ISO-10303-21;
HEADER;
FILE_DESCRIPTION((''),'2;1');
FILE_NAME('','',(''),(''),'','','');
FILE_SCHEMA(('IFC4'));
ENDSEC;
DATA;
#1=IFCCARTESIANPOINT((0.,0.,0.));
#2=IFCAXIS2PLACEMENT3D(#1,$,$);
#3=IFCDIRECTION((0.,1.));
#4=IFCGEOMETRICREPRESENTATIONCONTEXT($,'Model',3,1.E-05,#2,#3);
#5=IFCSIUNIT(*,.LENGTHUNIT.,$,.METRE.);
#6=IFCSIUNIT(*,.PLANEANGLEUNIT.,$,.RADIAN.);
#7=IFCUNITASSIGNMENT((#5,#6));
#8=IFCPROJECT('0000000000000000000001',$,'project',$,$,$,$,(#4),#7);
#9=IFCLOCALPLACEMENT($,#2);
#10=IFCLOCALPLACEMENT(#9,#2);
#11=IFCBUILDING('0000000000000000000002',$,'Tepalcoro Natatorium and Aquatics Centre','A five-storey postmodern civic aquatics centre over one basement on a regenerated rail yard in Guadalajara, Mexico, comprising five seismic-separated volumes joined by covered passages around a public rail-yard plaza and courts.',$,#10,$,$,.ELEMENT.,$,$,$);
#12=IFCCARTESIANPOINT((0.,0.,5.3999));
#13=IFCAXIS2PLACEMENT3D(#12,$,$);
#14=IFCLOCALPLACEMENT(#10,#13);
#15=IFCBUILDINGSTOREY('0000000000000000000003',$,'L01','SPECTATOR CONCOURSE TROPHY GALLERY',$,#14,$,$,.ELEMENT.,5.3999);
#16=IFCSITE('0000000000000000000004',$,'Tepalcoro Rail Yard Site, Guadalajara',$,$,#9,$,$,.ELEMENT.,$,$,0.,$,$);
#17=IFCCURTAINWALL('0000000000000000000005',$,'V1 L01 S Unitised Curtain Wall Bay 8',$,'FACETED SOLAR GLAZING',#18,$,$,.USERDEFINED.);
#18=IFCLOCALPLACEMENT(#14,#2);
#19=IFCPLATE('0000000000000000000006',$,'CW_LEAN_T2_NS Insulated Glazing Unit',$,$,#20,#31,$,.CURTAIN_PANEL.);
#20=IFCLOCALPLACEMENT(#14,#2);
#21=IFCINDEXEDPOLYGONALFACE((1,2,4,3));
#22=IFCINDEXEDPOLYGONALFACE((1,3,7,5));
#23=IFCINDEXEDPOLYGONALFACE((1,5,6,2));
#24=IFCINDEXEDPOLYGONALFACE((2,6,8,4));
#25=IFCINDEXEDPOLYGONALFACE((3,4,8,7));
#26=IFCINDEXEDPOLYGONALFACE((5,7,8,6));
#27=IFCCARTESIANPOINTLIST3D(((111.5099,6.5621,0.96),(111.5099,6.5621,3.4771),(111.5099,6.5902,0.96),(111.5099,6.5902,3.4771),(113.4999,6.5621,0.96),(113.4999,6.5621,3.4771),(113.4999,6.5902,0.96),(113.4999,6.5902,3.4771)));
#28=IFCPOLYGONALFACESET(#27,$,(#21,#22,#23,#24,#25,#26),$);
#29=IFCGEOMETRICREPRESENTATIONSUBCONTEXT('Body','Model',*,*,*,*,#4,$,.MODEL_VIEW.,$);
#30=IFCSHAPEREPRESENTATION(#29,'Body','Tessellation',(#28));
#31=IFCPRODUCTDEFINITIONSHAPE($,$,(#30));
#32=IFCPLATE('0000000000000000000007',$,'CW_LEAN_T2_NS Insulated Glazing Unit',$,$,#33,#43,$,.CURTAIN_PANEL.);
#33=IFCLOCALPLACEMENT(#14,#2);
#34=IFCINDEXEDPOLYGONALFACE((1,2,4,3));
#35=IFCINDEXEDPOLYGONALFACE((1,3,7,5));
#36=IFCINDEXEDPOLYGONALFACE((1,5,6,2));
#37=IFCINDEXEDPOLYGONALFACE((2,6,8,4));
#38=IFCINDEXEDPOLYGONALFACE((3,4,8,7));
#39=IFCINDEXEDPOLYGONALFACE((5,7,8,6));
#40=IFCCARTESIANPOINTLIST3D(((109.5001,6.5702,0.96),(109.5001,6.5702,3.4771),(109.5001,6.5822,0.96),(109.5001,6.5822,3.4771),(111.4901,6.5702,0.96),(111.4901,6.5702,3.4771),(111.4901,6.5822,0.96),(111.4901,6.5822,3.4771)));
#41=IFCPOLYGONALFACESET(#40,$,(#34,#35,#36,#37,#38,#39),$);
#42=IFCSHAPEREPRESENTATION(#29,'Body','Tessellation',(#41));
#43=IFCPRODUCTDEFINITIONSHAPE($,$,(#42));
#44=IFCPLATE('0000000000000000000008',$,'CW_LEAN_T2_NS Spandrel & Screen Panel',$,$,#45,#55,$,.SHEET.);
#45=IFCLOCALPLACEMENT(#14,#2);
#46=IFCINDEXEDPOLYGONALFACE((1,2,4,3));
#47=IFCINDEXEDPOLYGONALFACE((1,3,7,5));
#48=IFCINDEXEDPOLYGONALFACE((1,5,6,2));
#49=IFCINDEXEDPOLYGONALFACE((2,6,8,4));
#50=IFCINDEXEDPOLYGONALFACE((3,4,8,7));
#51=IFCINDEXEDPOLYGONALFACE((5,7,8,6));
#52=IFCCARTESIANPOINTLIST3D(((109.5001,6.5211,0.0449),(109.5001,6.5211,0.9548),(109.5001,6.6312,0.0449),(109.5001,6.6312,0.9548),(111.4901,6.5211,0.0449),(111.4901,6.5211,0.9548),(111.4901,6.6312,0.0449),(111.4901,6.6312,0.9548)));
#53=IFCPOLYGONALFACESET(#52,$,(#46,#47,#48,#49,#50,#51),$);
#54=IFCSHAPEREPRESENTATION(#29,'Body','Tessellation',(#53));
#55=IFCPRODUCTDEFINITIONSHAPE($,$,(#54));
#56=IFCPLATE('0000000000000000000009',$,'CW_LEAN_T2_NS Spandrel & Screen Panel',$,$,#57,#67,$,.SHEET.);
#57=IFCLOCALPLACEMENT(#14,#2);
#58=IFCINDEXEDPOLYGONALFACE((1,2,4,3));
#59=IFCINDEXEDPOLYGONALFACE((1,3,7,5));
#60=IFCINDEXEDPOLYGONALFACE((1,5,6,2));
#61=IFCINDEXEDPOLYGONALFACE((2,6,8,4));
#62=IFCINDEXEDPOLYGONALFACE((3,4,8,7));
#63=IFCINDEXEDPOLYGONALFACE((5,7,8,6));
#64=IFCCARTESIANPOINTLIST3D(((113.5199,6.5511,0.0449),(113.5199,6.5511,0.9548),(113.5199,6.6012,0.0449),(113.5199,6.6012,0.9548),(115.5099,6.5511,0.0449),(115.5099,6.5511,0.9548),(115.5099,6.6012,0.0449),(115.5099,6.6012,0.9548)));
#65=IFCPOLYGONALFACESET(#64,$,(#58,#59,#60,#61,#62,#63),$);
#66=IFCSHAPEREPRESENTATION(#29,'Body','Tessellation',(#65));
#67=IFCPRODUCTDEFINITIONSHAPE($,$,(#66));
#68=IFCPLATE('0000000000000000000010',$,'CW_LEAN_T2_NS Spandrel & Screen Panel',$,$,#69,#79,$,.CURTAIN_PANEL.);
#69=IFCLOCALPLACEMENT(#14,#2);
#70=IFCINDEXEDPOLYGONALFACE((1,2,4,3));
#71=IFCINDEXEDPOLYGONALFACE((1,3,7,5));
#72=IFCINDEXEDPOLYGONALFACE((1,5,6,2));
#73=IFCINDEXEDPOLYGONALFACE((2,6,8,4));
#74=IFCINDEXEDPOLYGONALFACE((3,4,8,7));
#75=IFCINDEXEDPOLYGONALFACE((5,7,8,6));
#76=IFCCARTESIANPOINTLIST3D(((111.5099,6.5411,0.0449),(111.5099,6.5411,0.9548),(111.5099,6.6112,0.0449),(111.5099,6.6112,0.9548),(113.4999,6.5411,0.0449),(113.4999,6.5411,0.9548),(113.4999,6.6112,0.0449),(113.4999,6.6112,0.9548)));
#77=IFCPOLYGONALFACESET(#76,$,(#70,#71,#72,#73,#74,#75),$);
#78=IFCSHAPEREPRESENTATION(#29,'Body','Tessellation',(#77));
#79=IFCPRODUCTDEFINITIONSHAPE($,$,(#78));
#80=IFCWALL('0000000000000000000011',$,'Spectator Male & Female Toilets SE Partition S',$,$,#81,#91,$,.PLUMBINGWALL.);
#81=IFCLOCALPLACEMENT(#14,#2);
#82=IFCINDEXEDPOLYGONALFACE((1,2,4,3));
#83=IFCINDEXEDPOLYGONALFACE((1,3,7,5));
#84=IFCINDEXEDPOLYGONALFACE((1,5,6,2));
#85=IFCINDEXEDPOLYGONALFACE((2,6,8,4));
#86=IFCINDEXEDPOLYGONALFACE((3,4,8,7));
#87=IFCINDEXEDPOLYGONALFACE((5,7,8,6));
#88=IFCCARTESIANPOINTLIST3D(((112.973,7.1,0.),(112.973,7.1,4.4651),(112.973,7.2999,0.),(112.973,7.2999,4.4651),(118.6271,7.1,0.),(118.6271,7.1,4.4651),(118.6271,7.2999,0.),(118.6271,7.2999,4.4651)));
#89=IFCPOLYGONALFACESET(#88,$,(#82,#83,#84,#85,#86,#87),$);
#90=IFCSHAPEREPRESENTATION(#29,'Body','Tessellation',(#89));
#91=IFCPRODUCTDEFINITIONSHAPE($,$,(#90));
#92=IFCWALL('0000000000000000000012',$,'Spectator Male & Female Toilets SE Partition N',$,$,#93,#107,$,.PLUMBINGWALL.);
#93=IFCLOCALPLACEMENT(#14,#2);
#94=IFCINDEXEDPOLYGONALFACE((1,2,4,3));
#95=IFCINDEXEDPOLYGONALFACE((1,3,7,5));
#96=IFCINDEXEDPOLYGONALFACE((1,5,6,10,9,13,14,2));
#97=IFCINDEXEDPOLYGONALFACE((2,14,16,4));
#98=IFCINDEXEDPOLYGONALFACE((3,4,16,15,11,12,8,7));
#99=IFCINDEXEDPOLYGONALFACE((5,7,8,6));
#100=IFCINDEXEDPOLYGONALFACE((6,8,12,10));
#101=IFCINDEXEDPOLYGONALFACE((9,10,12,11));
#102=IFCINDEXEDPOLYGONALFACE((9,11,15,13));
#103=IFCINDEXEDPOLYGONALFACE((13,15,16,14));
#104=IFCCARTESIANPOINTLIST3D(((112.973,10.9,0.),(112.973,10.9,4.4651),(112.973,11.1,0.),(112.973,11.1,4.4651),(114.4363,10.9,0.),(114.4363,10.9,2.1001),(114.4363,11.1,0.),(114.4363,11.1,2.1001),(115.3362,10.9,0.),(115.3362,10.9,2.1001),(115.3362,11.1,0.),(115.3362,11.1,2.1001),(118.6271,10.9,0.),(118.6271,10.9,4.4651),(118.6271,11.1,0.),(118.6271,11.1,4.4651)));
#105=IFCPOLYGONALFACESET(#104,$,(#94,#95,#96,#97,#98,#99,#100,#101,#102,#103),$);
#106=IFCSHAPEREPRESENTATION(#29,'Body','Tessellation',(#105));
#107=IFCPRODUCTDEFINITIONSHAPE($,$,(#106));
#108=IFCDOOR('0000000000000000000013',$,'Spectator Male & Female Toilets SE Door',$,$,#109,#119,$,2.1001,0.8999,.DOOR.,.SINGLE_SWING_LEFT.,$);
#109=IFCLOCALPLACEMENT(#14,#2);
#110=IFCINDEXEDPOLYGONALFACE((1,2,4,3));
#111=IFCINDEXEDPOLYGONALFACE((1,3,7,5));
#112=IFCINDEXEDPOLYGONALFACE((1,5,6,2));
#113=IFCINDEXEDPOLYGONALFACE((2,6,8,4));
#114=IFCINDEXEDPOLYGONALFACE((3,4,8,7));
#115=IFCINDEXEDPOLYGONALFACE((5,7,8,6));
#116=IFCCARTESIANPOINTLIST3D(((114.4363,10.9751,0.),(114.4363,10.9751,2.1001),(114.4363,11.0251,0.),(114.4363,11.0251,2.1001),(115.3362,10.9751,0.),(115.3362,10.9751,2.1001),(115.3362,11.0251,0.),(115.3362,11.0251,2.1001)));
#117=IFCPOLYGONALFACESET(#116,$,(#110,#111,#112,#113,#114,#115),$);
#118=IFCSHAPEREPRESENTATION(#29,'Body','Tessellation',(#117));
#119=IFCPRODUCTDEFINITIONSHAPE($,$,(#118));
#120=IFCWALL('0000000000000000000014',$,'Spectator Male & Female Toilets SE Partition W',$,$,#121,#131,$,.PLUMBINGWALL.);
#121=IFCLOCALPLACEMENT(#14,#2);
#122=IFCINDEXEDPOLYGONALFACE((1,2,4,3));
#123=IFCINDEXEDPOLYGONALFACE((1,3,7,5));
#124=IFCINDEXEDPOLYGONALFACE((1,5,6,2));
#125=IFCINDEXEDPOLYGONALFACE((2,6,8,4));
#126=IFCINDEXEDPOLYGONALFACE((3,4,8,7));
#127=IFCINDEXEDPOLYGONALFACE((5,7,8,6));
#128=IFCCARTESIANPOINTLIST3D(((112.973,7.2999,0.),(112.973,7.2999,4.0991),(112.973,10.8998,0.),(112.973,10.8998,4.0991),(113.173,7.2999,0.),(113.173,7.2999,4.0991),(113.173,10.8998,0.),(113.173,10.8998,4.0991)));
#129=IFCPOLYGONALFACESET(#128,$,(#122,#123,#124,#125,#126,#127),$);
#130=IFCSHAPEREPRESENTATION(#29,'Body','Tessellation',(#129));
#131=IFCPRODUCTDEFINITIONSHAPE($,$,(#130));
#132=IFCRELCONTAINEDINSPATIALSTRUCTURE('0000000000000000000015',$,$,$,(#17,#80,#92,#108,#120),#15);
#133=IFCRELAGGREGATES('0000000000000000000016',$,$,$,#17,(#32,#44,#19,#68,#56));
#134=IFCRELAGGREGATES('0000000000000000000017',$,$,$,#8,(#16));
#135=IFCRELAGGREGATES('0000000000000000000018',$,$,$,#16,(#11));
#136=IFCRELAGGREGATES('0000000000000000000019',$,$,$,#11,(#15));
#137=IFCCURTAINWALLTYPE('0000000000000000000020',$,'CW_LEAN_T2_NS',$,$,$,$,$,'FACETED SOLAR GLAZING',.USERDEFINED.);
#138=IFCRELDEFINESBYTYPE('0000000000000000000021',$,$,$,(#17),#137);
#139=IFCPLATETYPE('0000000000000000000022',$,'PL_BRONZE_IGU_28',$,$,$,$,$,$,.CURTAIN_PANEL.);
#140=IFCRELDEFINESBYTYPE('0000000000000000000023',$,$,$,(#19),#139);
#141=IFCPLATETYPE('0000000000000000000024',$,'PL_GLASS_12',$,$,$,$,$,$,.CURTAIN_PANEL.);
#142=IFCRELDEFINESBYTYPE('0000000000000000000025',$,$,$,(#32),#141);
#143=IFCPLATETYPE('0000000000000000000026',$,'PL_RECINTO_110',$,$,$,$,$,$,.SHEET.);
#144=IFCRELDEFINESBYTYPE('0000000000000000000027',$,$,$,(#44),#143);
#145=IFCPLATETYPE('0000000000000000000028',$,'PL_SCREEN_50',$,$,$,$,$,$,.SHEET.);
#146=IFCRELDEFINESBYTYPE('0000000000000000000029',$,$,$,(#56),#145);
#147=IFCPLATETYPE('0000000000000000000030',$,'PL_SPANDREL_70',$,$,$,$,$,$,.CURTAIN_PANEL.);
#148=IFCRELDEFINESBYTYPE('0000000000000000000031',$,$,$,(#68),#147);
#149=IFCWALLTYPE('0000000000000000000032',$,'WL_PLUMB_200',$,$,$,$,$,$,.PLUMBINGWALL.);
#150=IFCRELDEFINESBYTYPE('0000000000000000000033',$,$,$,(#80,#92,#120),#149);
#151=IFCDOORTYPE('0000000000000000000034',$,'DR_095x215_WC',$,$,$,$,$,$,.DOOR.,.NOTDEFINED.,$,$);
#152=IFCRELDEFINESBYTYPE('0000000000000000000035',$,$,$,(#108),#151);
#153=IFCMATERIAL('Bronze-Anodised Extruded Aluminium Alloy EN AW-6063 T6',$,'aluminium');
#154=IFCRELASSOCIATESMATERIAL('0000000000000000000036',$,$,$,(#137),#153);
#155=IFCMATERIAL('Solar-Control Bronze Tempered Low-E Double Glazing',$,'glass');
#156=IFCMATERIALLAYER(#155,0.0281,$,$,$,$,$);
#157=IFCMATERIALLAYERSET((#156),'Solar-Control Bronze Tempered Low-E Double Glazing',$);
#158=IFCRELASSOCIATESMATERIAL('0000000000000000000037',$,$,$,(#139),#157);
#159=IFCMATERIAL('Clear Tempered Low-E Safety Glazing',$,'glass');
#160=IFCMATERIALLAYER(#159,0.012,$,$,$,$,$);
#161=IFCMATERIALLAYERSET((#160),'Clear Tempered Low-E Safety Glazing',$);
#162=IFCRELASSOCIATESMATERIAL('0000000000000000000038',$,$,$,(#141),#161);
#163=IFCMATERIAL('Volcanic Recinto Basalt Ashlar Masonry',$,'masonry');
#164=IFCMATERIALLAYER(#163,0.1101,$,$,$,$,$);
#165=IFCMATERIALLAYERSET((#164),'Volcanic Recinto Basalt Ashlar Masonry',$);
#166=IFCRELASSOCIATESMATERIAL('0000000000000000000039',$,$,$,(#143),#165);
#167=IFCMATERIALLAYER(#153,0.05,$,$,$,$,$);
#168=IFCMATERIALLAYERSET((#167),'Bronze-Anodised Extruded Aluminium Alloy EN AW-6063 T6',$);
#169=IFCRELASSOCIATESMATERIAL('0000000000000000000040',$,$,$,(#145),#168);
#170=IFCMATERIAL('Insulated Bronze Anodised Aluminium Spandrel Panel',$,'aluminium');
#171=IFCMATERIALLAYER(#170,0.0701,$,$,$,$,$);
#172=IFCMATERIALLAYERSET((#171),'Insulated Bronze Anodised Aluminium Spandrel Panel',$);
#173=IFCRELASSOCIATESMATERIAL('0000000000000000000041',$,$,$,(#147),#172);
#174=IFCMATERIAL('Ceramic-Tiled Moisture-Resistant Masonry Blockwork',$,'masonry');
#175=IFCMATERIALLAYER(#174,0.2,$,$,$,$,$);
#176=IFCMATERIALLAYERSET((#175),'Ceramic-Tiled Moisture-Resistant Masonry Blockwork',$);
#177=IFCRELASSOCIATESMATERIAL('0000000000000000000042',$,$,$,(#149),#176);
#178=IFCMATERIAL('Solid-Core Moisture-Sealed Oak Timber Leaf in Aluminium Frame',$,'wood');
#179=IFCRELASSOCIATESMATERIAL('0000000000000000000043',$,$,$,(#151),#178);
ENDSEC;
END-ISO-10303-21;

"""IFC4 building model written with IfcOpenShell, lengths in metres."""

from ifc_helpers import new_model, si_unit, direction, frame, frame_2d, origin, origin_2d, place, context, subcontext, project, spatial, rectangle, extrude, material, layer, layer_set, type_object, element, fill, aggregate, save


model = new_model("IFC4")

# Units and contexts
model_context = context("Model", 3, precision=1e-05, world=origin(), true_north=direction((0.0, 1.0)))
body_context = subcontext(model_context, "Body", "Model", "MODEL_VIEW")
ifc_project = project(units=[si_unit("LENGTHUNIT", "METRE"), si_unit("PLANEANGLEUNIT", "RADIAN")], contexts=[model_context])

# Site, building, storey
site_placement = place(None, origin())
site = spatial("IfcSite", under=ifc_project, at=site_placement, Name="Tepalcoro Rail Yard Site, Guadalajara", CompositionType="ELEMENT", RefElevation=0.0)
building_placement = place(site_placement, origin())
building = spatial("IfcBuilding", under=site, at=building_placement, Name="Tepalcoro Natatorium and Aquatics Centre", Description="A five-storey postmodern civic aquatics centre over one basement on a regenerated rail yard in Guadalajara, Mexico, comprising five seismic-separated volumes joined by covered passages around a public rail-yard plaza and courts.", CompositionType="ELEMENT")
storey_placement = place(building_placement, frame((0.0, 0.0, 5.3999)))
storey = spatial("IfcBuildingStorey", under=building, at=storey_placement, Name="L01", Description="SPECTATOR CONCOURSE TROPHY GALLERY", CompositionType="ELEMENT", Elevation=5.3999)

# Shared definitions
ifc_material_1 = material(Name="Bronze-Anodised Extruded Aluminium Alloy EN AW-6063 T6", Category="aluminium")

# Curtain wall
curtain_wall_type_1 = type_object("IfcCurtainWallType", Name="CW_LEAN_T2_NS", ElementType="FACETED SOLAR GLAZING", PredefinedType="USERDEFINED", material=ifc_material_1)
curtain_wall_1_placement = place(storey_placement, origin())
curtain_wall_1 = element("IfcCurtainWall", 1, at=curtain_wall_1_placement, inside=storey, type_object=curtain_wall_type_1, Name="V1 L01 S Unitised Curtain Wall Bay 8", ObjectType="FACETED SOLAR GLAZING", PredefinedType="USERDEFINED")

# Plates
ifc_material_2 = material(Name="Solar-Control Bronze Tempered Low-E Double Glazing", Category="glass")
ifc_layer_1 = layer(ifc_material_2, 0.0281)
ifc_layer_set_1 = layer_set([ifc_layer_1], Name="Solar-Control Bronze Tempered Low-E Double Glazing")
plate_type_1 = type_object("IfcPlateType", Name="PL_BRONZE_IGU_28", PredefinedType="CURTAIN_PANEL", material=ifc_layer_set_1)
plate_1_placement = place(storey_placement, frame((112.5049, 6.5762, 0.96), z_axis=(0.0, 0.0, 1.0), x_axis=(1.0, 0.0, 0.0)))
plate_1 = element("IfcPlate", 2, at=plate_1_placement, type_object=plate_type_1, Name="CW_LEAN_T2_NS Insulated Glazing Unit", PredefinedType="CURTAIN_PANEL", context=body_context, shape_type="SweptSolid", body=[
    extrude(rectangle(XDim=1.99, YDim=0.0281, at=origin_2d()), origin(), (0.0, 0.0, 1.0), 2.5171),
])
ifc_material_3 = material(Name="Clear Tempered Low-E Safety Glazing", Category="glass")
ifc_layer_2 = layer(ifc_material_3, 0.012)
ifc_layer_set_2 = layer_set([ifc_layer_2], Name="Clear Tempered Low-E Safety Glazing")
plate_type_2 = type_object("IfcPlateType", Name="PL_GLASS_12", PredefinedType="CURTAIN_PANEL", material=ifc_layer_set_2)
plate_2_placement = place(storey_placement, frame((110.4951, 6.5762, 0.96), z_axis=(0.0, 0.0, 1.0), x_axis=(1.0, 0.0, 0.0)))
plate_2 = element("IfcPlate", 3, at=plate_2_placement, type_object=plate_type_2, Name="CW_LEAN_T2_NS Insulated Glazing Unit", PredefinedType="CURTAIN_PANEL", context=body_context, shape_type="SweptSolid", body=[
    extrude(rectangle(XDim=1.99, YDim=0.012, at=origin_2d()), origin(), (0.0, 0.0, 1.0), 2.5171),
])
ifc_material_4 = material(Name="Volcanic Recinto Basalt Ashlar Masonry", Category="masonry")
ifc_layer_3 = layer(ifc_material_4, 0.1101)
ifc_layer_set_3 = layer_set([ifc_layer_3], Name="Volcanic Recinto Basalt Ashlar Masonry")
plate_type_3 = type_object("IfcPlateType", Name="PL_RECINTO_110", PredefinedType="SHEET", material=ifc_layer_set_3)
plate_3_placement = place(storey_placement, frame((110.4951, 6.5762, 0.0449), z_axis=(0.0, 0.0, 1.0), x_axis=(1.0, 0.0, 0.0)))
plate_3 = element("IfcPlate", 4, at=plate_3_placement, type_object=plate_type_3, Name="CW_LEAN_T2_NS Spandrel & Screen Panel", PredefinedType="SHEET", context=body_context, shape_type="SweptSolid", body=[
    extrude(rectangle(XDim=1.99, YDim=0.1101, at=origin_2d()), origin(), (0.0, 0.0, 1.0), 0.9099),
])
ifc_layer_4 = layer(ifc_material_1, 0.05)
ifc_layer_set_4 = layer_set([ifc_layer_4], Name="Bronze-Anodised Extruded Aluminium Alloy EN AW-6063 T6")
plate_type_4 = type_object("IfcPlateType", Name="PL_SCREEN_50", PredefinedType="SHEET", material=ifc_layer_set_4)
plate_4_placement = place(storey_placement, frame((114.5149, 6.5762, 0.0449), z_axis=(0.0, 0.0, 1.0), x_axis=(1.0, 0.0, 0.0)))
plate_4 = element("IfcPlate", 5, at=plate_4_placement, type_object=plate_type_4, Name="CW_LEAN_T2_NS Spandrel & Screen Panel", PredefinedType="SHEET", context=body_context, shape_type="SweptSolid", body=[
    extrude(rectangle(XDim=1.99, YDim=0.05, at=origin_2d()), origin(), (0.0, 0.0, 1.0), 0.9099),
])
ifc_material_5 = material(Name="Insulated Bronze Anodised Aluminium Spandrel Panel", Category="aluminium")
ifc_layer_5 = layer(ifc_material_5, 0.0701)
ifc_layer_set_5 = layer_set([ifc_layer_5], Name="Insulated Bronze Anodised Aluminium Spandrel Panel")
plate_type_5 = type_object("IfcPlateType", Name="PL_SPANDREL_70", PredefinedType="CURTAIN_PANEL", material=ifc_layer_set_5)
plate_5_placement = place(storey_placement, frame((112.5049, 6.5762, 0.0449), z_axis=(0.0, 0.0, 1.0), x_axis=(1.0, 0.0, 0.0)))
plate_5 = element("IfcPlate", 6, at=plate_5_placement, type_object=plate_type_5, Name="CW_LEAN_T2_NS Spandrel & Screen Panel", PredefinedType="CURTAIN_PANEL", context=body_context, shape_type="SweptSolid", body=[
    extrude(rectangle(XDim=1.99, YDim=0.0701, at=origin_2d()), origin(), (0.0, 0.0, 1.0), 0.9099),
])
aggregate(curtain_wall_1, [plate_2, plate_3, plate_1, plate_5, plate_4])

# Wall
ifc_material_6 = material(Name="Ceramic-Tiled Moisture-Resistant Masonry Blockwork", Category="masonry")
ifc_layer_6 = layer(ifc_material_6, 0.2)
ifc_layer_set_6 = layer_set([ifc_layer_6], Name="Ceramic-Tiled Moisture-Resistant Masonry Blockwork")
wall_type = type_object("IfcWallType", Name="WL_PLUMB_200", PredefinedType="PLUMBINGWALL", material=ifc_layer_set_6)
wall_1_placement = place(storey_placement, frame((112.9729, 7.2, 0.0), z_axis=(0.0, 0.0, 1.0), x_axis=(1.0, 0.0, 0.0)))
element("IfcWall", 7, at=wall_1_placement, inside=storey, type_object=wall_type, Name="Spectator Male & Female Toilets SE Partition S", PredefinedType="PLUMBINGWALL", context=body_context, shape_type="SweptSolid", body=[
    extrude(rectangle(XDim=5.6541, YDim=0.2, at=frame_2d((2.8271, 0.0))), origin(), (0.0, 0.0, 1.0), 4.4651),
])

# Wall, opening, door
wall_2_placement = place(storey_placement, frame((112.9729, 11.0, 0.0), z_axis=(0.0, 0.0, 1.0), x_axis=(1.0, 0.0, 0.0)))
wall_2 = element("IfcWall", 8, at=wall_2_placement, inside=storey, type_object=wall_type, Name="Spectator Male & Female Toilets SE Partition N", PredefinedType="PLUMBINGWALL", context=body_context, shape_type="SweptSolid", body=[
    extrude(rectangle(XDim=5.6541, YDim=0.2, at=frame_2d((2.8271, 0.0))), origin(), (0.0, 0.0, 1.0), 4.4651),
])
opening_placement = place(wall_2_placement, frame((1.4634, 0.0, 0.0)))
opening = element("IfcOpeningElement", 9, at=opening_placement, cuts=wall_2, PredefinedType="OPENING", context=body_context, shape_type="SweptSolid", body=[
    extrude(rectangle(XDim=0.8999, YDim=2.1001, at=frame_2d((0.45, 1.05))), frame((0.0, 0.1118, 0.0), z_axis=(0.0, -1.0, 0.0), x_axis=(1.0, 0.0, 0.0)), (0.0, 0.0, 1.0), 0.2239),
])
ifc_material_7 = material(Name="Solid-Core Moisture-Sealed Oak Timber Leaf in Aluminium Frame", Category="wood")
door_type = type_object("IfcDoorType", Name="DR_095x215_WC", OperationType="NOTDEFINED", PredefinedType="DOOR", material=ifc_material_7)
door_placement = place(opening_placement, frame((0.8999, 0.0, 0.0), z_axis=(0.0, 0.0, 1.0), x_axis=(-1.0, 0.0, 0.0)))
door = element("IfcDoor", 10, at=door_placement, inside=storey, type_object=door_type, Name="Spectator Male & Female Toilets SE Door", OperationType="SINGLE_SWING_LEFT", OverallHeight=2.1001, OverallWidth=0.8999, PredefinedType="DOOR", context=body_context, shape_type="SweptSolid", body=[
    extrude(rectangle(XDim=0.8999, YDim=2.1001, at=frame_2d((0.45, 1.05))), frame((0.0, 0.0249, 0.0), z_axis=(0.0, -1.0, 0.0), x_axis=(1.0, 0.0, 0.0)), (0.0, 0.0, 1.0), 0.05),
])
fill(opening, door)

# Wall
wall_3_placement = place(storey_placement, frame((113.073, 7.3, 0.0), z_axis=(0.0, 0.0, 1.0), x_axis=(0.0, 1.0, 0.0)))
element("IfcWall", 11, at=wall_3_placement, inside=storey, type_object=wall_type, Name="Spectator Male & Female Toilets SE Partition W", PredefinedType="PLUMBINGWALL", context=body_context, shape_type="SweptSolid", body=[
    extrude(rectangle(XDim=3.5999, YDim=0.2, at=frame_2d((1.7998, 0.0))), origin(), (0.0, 0.0, 1.0), 4.0991),
])

save(model, "model.ifc")
